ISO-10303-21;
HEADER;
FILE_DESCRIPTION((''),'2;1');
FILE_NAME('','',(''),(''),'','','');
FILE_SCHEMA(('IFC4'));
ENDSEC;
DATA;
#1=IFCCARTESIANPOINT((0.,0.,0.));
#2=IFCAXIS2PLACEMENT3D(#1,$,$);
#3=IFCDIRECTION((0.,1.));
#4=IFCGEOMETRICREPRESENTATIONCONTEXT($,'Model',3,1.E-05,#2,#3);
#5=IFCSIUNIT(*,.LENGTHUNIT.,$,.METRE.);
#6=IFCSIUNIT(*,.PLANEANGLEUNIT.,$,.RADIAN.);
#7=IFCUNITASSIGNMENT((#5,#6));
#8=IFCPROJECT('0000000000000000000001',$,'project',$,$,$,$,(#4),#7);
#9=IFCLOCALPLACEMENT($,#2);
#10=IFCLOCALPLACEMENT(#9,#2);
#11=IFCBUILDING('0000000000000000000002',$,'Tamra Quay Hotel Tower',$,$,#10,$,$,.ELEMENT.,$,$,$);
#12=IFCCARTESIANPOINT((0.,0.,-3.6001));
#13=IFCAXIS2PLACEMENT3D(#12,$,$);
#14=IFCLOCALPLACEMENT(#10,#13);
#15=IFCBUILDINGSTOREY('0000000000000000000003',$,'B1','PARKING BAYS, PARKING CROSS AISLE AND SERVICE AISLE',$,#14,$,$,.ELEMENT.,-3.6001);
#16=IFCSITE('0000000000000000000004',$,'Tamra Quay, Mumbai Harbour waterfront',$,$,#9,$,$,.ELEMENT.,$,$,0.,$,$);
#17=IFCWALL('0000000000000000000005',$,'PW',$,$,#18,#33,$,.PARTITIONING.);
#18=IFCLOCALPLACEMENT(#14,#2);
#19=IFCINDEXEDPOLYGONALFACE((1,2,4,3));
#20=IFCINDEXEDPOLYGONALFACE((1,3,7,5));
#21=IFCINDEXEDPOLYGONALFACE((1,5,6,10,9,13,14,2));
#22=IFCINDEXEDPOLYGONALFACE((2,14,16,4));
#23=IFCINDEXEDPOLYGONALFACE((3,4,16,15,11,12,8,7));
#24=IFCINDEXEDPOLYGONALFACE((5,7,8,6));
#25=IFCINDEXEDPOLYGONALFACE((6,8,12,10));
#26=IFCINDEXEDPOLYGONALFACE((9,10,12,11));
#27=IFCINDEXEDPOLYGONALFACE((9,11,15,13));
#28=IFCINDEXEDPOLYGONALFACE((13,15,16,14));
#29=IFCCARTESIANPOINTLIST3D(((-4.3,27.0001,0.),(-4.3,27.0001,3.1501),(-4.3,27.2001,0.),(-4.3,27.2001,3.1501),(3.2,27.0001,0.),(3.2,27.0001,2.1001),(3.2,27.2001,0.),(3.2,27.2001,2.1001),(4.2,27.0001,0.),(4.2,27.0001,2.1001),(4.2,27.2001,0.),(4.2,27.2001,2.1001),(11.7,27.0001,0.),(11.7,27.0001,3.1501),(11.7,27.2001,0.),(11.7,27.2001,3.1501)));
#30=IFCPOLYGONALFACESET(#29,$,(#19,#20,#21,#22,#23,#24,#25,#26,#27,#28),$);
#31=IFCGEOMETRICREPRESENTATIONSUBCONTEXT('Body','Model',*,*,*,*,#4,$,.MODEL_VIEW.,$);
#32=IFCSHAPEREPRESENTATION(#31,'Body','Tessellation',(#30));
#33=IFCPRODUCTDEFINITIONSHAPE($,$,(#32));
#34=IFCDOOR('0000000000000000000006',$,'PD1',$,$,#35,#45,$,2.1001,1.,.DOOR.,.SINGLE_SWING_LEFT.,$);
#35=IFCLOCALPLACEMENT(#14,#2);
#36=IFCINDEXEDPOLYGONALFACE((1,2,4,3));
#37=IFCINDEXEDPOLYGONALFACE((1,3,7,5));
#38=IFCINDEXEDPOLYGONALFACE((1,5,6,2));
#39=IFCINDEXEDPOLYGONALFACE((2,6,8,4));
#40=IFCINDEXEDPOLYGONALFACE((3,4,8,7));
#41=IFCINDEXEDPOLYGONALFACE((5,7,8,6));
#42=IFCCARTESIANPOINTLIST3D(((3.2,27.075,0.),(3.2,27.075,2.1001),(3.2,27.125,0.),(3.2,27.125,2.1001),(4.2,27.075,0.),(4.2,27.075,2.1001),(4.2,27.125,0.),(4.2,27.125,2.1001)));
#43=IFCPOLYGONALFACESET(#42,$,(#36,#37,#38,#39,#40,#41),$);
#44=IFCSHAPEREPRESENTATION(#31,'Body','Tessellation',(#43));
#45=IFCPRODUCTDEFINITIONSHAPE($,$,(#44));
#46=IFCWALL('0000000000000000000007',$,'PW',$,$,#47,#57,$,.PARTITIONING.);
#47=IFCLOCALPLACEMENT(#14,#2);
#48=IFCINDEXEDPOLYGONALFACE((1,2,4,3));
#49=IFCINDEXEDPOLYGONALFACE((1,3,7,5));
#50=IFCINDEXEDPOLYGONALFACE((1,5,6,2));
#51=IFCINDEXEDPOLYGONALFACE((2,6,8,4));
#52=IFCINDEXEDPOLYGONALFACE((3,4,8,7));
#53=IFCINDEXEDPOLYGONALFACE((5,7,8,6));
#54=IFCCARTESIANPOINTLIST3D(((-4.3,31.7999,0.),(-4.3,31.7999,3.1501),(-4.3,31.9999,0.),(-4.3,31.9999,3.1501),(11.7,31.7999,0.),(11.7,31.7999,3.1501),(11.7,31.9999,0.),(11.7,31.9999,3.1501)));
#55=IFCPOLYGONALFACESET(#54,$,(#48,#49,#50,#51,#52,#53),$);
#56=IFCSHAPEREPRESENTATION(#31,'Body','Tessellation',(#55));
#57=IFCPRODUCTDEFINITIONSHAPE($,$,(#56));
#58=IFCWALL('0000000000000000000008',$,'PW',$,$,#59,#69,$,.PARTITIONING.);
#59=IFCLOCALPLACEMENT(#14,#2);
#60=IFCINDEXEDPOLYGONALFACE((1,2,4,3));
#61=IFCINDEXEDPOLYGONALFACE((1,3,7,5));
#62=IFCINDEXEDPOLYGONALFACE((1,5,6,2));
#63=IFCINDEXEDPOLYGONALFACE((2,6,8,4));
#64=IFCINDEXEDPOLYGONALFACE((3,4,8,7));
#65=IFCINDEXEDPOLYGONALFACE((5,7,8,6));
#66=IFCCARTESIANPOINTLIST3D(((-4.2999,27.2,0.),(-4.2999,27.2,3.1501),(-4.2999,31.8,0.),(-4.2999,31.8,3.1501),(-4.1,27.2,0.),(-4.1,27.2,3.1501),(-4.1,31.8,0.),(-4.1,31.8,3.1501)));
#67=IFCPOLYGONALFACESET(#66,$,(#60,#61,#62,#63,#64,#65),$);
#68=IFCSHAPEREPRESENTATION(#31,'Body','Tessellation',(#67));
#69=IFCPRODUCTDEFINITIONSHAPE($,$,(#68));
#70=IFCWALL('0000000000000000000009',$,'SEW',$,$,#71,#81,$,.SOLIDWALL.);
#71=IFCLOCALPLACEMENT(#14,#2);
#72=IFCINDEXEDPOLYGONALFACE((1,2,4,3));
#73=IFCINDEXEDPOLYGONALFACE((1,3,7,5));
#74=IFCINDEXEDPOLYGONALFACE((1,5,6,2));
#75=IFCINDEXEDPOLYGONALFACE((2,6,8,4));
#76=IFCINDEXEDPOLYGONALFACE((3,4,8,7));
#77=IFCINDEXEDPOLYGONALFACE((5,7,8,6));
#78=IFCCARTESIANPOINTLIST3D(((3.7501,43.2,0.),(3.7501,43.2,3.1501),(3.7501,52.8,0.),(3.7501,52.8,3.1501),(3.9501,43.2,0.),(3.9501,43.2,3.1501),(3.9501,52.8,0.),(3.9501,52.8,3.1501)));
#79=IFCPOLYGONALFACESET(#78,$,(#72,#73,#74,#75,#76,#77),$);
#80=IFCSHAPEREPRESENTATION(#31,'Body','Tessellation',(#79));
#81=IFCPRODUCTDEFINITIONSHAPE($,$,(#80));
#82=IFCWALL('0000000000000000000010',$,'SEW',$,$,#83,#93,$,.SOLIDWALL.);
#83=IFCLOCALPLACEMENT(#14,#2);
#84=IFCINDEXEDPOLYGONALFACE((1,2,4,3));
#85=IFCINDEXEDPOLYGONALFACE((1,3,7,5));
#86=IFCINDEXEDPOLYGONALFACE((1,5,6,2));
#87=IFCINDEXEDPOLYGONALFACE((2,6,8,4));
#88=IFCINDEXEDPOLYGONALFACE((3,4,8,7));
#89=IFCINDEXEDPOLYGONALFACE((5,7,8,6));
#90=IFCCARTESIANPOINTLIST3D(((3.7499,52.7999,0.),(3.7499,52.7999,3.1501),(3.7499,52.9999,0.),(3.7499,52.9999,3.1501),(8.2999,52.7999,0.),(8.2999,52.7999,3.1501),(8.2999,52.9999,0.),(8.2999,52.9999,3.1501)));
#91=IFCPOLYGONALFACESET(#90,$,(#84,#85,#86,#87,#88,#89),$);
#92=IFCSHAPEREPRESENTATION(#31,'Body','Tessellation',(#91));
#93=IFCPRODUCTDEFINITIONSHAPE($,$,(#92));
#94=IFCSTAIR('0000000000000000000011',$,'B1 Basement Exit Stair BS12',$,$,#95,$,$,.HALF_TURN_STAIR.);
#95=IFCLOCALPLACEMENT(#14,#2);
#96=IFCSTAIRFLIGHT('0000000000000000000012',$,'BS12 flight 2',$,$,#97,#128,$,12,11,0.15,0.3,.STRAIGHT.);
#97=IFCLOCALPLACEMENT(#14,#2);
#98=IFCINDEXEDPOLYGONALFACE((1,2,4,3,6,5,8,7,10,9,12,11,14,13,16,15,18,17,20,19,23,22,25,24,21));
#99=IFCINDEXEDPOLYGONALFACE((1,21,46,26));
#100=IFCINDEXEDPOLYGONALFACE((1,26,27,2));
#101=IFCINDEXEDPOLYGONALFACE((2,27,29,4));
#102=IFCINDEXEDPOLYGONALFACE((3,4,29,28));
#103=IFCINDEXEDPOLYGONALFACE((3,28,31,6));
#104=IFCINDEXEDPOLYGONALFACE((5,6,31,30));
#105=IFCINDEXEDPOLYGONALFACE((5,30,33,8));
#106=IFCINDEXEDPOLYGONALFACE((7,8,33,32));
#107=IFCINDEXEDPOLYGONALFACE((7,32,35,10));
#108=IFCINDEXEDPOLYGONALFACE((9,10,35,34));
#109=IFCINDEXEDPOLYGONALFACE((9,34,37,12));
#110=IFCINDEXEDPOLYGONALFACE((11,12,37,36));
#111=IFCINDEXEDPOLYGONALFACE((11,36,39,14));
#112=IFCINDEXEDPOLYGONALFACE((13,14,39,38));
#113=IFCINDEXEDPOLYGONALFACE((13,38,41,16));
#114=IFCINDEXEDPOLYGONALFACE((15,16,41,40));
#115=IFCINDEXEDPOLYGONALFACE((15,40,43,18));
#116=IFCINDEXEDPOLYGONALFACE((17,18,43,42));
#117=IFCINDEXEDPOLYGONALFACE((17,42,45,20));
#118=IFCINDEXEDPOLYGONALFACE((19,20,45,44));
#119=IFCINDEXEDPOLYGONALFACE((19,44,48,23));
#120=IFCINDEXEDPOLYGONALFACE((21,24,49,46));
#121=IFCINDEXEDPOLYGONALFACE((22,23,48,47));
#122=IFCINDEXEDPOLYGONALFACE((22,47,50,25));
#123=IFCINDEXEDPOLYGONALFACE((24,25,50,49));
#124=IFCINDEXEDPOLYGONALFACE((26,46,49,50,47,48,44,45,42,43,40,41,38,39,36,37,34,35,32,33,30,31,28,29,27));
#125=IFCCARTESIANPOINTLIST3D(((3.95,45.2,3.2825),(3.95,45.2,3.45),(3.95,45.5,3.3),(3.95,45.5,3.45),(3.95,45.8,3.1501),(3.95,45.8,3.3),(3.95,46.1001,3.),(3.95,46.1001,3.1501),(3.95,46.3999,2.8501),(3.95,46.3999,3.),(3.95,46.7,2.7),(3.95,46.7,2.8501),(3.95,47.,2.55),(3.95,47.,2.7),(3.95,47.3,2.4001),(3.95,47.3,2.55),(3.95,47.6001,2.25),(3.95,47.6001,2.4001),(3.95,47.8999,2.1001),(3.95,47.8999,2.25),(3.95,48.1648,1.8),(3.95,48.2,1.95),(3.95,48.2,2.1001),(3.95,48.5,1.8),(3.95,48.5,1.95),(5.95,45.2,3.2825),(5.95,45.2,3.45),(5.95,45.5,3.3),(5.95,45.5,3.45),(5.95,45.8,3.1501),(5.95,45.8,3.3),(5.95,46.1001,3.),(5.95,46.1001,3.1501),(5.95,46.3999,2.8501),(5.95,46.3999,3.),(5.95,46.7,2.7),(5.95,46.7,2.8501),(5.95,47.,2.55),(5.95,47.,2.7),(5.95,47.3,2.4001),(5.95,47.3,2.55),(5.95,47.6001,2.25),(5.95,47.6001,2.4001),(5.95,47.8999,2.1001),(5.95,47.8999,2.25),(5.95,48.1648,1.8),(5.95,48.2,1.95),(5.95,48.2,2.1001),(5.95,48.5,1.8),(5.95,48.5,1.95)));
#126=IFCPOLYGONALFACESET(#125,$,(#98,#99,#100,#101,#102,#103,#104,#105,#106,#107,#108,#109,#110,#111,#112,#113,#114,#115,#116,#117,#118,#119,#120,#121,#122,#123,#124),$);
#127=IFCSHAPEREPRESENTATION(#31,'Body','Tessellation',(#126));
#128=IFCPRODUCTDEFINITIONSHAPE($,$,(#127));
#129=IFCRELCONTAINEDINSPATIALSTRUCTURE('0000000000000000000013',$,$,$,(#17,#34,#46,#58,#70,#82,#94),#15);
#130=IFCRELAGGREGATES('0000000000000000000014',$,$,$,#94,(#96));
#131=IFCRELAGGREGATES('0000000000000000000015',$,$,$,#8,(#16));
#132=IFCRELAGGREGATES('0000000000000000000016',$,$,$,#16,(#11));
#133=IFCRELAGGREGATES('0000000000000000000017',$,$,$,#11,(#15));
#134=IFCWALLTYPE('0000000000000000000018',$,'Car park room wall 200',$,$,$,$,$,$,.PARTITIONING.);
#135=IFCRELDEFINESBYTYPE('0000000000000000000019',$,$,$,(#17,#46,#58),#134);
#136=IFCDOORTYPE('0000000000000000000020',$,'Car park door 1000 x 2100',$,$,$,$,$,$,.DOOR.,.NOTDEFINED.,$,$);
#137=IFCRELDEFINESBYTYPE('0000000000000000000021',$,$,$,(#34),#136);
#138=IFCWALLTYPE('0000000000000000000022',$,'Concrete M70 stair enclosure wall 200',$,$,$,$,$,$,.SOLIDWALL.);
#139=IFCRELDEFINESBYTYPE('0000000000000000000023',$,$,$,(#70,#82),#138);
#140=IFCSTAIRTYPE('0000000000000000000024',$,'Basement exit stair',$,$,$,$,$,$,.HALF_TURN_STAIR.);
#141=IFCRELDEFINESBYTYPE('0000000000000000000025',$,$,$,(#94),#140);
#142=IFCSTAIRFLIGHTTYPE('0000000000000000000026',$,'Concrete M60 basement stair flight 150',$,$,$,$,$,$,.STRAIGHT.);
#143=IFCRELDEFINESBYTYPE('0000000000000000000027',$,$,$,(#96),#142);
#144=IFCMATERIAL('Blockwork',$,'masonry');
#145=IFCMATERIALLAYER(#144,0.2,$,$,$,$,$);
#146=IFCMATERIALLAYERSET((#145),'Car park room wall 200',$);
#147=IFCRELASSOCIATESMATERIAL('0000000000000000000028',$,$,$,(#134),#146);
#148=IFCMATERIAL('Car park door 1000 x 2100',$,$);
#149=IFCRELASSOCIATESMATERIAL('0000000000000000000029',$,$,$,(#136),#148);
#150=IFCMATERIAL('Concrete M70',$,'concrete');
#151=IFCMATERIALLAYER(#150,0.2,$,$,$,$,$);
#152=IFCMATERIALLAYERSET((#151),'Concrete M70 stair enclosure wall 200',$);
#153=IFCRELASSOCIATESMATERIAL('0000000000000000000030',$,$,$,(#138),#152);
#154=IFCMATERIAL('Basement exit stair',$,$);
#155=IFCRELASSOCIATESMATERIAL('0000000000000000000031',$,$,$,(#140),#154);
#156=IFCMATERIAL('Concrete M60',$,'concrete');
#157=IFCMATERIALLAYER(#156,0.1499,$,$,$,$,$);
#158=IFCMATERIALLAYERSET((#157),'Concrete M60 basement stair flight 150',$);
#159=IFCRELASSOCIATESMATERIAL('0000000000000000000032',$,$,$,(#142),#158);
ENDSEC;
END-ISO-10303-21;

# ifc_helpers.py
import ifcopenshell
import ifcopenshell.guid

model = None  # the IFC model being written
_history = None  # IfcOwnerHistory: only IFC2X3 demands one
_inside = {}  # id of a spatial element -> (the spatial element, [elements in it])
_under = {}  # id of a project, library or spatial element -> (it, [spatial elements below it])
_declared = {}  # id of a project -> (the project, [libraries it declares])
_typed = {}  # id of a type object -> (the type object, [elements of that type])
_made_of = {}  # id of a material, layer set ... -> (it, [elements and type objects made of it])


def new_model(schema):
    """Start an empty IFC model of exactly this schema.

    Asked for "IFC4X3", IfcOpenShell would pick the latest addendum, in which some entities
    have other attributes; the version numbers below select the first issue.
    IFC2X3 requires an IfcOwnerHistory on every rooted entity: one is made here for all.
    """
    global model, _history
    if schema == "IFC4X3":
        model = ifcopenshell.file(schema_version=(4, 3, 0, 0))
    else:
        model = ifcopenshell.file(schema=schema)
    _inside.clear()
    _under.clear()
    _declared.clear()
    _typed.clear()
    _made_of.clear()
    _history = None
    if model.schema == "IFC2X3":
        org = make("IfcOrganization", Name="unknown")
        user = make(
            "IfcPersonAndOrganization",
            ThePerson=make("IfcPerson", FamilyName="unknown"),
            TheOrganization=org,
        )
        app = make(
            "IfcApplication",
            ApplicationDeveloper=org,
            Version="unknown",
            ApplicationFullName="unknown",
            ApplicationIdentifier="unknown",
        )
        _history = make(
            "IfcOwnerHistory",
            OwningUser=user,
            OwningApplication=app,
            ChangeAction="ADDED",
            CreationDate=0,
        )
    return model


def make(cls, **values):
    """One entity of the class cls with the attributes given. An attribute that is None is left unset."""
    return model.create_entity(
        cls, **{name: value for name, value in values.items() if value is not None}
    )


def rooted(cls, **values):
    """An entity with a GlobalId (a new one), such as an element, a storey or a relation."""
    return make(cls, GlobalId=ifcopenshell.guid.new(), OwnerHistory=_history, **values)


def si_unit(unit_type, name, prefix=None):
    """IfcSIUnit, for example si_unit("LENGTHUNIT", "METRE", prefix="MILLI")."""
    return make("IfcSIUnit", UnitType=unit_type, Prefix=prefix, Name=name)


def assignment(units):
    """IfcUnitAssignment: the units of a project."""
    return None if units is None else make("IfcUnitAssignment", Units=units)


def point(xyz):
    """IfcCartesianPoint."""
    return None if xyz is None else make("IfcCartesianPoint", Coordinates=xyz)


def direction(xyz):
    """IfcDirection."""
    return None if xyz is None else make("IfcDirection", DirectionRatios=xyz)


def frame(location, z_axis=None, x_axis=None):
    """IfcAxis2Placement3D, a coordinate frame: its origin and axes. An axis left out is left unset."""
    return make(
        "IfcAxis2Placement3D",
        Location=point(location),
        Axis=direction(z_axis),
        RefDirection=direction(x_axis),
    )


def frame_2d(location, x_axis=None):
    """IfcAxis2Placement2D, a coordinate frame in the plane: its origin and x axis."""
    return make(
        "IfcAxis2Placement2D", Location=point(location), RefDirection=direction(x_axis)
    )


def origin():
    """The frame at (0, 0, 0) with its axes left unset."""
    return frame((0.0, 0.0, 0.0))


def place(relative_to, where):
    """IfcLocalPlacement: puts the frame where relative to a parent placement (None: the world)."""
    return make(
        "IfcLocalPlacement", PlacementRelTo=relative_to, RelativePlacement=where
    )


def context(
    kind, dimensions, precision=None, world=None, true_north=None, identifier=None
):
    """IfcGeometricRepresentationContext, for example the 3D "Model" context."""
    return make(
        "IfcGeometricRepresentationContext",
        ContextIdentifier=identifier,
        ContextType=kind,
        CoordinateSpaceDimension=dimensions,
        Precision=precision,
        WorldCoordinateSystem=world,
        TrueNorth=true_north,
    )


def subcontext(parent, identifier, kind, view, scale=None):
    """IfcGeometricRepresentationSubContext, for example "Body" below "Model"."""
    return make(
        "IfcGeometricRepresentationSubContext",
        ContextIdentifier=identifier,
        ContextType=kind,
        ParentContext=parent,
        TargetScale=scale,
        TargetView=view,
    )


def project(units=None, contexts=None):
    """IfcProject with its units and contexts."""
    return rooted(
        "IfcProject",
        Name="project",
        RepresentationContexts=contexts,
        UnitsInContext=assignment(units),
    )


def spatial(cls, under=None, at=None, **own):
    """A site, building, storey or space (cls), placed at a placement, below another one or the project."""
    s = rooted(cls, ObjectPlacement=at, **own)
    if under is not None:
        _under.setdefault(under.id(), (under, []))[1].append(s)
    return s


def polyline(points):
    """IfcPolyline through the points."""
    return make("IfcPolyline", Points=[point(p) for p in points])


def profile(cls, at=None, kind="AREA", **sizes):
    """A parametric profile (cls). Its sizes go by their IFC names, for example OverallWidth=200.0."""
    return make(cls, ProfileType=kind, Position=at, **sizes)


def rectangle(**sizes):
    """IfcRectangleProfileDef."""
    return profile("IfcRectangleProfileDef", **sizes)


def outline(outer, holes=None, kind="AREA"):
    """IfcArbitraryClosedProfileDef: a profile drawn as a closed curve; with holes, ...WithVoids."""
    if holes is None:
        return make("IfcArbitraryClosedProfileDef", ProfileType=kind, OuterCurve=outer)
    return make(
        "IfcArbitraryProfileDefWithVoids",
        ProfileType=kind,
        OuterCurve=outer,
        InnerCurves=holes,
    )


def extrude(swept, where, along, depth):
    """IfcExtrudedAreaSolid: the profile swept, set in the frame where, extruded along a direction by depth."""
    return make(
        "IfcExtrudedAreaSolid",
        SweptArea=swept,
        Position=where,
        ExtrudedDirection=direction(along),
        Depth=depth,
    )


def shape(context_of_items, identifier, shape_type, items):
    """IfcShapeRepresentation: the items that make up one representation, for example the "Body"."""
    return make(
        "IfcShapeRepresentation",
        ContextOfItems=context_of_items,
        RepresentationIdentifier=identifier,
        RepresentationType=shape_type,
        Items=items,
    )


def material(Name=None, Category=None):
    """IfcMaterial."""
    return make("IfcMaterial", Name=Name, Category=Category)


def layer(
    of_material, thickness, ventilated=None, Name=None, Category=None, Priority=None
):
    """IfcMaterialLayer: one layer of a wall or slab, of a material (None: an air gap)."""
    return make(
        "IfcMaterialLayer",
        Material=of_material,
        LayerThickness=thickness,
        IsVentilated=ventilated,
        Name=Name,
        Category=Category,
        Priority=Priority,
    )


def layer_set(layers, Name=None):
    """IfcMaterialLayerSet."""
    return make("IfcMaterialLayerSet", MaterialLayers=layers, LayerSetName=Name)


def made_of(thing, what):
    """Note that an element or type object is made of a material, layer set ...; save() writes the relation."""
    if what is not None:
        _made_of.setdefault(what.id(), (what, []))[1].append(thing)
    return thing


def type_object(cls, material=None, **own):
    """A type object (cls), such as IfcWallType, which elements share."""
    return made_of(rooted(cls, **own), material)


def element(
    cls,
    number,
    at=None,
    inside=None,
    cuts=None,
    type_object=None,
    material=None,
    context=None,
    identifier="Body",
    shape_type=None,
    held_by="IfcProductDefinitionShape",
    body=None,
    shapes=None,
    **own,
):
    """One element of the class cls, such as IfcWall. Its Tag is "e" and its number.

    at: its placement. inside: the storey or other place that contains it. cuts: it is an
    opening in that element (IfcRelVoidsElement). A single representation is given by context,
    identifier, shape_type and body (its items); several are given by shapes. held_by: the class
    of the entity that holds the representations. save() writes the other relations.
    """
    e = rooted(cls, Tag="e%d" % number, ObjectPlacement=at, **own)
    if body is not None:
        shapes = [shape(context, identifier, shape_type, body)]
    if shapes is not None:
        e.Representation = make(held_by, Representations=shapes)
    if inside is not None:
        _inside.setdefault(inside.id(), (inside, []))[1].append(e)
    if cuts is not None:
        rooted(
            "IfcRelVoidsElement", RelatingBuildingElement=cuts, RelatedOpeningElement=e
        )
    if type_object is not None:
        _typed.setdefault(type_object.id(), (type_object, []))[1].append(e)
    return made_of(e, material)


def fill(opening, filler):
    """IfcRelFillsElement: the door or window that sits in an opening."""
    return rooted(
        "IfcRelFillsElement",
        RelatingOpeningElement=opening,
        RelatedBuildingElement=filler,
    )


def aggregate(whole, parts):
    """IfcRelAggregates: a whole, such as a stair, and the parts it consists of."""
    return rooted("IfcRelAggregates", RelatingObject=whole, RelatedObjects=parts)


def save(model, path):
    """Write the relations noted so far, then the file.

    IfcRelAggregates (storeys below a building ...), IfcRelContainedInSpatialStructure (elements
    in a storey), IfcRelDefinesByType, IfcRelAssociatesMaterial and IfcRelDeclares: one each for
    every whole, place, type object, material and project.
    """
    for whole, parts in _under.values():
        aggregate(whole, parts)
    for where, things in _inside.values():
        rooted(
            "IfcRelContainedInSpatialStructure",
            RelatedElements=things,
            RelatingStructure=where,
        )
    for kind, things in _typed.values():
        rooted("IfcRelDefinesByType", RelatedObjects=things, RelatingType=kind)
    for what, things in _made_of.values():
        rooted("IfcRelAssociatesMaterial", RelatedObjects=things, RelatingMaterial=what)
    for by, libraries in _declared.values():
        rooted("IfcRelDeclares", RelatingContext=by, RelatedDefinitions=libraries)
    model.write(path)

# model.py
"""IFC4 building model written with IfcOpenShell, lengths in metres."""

from ifc_helpers import new_model, si_unit, direction, frame, frame_2d, origin, place, context, subcontext, project, spatial, polyline, rectangle, outline, extrude, material, layer, layer_set, type_object, element, fill, aggregate, save


model = new_model("IFC4")

# Units and contexts
model_context = context("Model", 3, precision=1e-05, world=origin(), true_north=direction((0.0, 1.0)))
body_context = subcontext(model_context, "Body", "Model", "MODEL_VIEW")
ifc_project = project(units=[si_unit("LENGTHUNIT", "METRE"), si_unit("PLANEANGLEUNIT", "RADIAN")], contexts=[model_context])

# Site, building, storey
site_placement = place(None, origin())
site = spatial("IfcSite", under=ifc_project, at=site_placement, Name="Tamra Quay, Mumbai Harbour waterfront", CompositionType="ELEMENT", RefElevation=0.0)
building_placement = place(site_placement, origin())
building = spatial("IfcBuilding", under=site, at=building_placement, Name="Tamra Quay Hotel Tower", CompositionType="ELEMENT")
storey_placement = place(building_placement, frame((0.0, 0.0, -3.6001)))
storey = spatial("IfcBuildingStorey", under=building, at=storey_placement, Name="B1", Description="PARKING BAYS, PARKING CROSS AISLE AND SERVICE AISLE", CompositionType="ELEMENT", Elevation=-3.6001)

# Shared definitions
ifc_material_1 = material(Name="Concrete M70", Category="concrete")

# Shared definitions
ifc_material_2 = material(Name="Blockwork", Category="masonry")
ifc_layer_1 = layer(ifc_material_2, 0.2)
ifc_layer_set_1 = layer_set([ifc_layer_1], Name="Car park room wall 200")
wall_type_1 = type_object("IfcWallType", Name="Car park room wall 200", PredefinedType="PARTITIONING", material=ifc_layer_set_1)

# Shared definitions
ifc_material_3 = material(Name="Car park door 1000 x 2100")
door_type = type_object("IfcDoorType", Name="Car park door 1000 x 2100", OperationType="NOTDEFINED", PredefinedType="DOOR", material=ifc_material_3)

# Wall, opening, door
wall_1_placement = place(storey_placement, frame((-4.3, 27.1001, 0.0), z_axis=(0.0, 0.0, 1.0), x_axis=(1.0, 0.0, 0.0)))
wall_1 = element("IfcWall", 1, at=wall_1_placement, inside=storey, type_object=wall_type_1, Name="PW", PredefinedType="PARTITIONING", context=body_context, shape_type="SweptSolid", body=[
    extrude(rectangle(XDim=16.0, YDim=0.2, at=frame_2d((8.0, 0.0))), origin(), (0.0, 0.0, 1.0), 3.1501),
])
opening_1_placement = place(wall_1_placement, frame((7.5, 0.0, 0.0)))
opening_1 = element("IfcOpeningElement", 2, at=opening_1_placement, cuts=wall_1, PredefinedType="OPENING", context=body_context, shape_type="SweptSolid", body=[
    extrude(rectangle(XDim=1.0, YDim=2.1001, at=frame_2d((0.5, 1.05))), frame((0.0, 0.1099, 0.0), z_axis=(0.0, -1.0, 0.0), x_axis=(1.0, 0.0, 0.0)), (0.0, 0.0, 1.0), 0.22),
])
door_1_placement = place(opening_1_placement, origin())
door_1 = element("IfcDoor", 3, at=door_1_placement, inside=storey, type_object=door_type, Name="PD1", OperationType="SINGLE_SWING_LEFT", OverallHeight=2.1001, OverallWidth=1.0, PredefinedType="DOOR", context=body_context, shape_type="SweptSolid", body=[
    extrude(rectangle(XDim=1.0, YDim=2.1001, at=frame_2d((0.5, 1.05))), frame((0.0, 0.0249, 0.0), z_axis=(0.0, -1.0, 0.0), x_axis=(1.0, 0.0, 0.0)), (0.0, 0.0, 1.0), 0.05),
])
fill(opening_1, door_1)

# Walls
wall_2_placement = place(storey_placement, frame((-4.3, 31.8999, 0.0), z_axis=(0.0, 0.0, 1.0), x_axis=(1.0, 0.0, 0.0)))
element("IfcWall", 4, at=wall_2_placement, inside=storey, type_object=wall_type_1, Name="PW", PredefinedType="PARTITIONING", context=body_context, shape_type="SweptSolid", body=[
    extrude(rectangle(XDim=16.0, YDim=0.2, at=frame_2d((8.0, 0.0))), origin(), (0.0, 0.0, 1.0), 3.1501),
])
wall_3_placement = place(storey_placement, frame((-4.2, 27.2, 0.0), z_axis=(0.0, 0.0, 1.0), x_axis=(0.0, 1.0, 0.0)))
element("IfcWall", 5, at=wall_3_placement, inside=storey, type_object=wall_type_1, Name="PW", PredefinedType="PARTITIONING", context=body_context, shape_type="SweptSolid", body=[
    extrude(rectangle(XDim=4.6001, YDim=0.2, at=frame_2d((2.3, 0.0))), origin(), (0.0, 0.0, 1.0), 3.1501),
])
ifc_layer_2 = layer(ifc_material_1, 0.2)
ifc_layer_set_2 = layer_set([ifc_layer_2], Name="Concrete M70 stair enclosure wall 200")
wall_type_2 = type_object("IfcWallType", Name="Concrete M70 stair enclosure wall 200", PredefinedType="SOLIDWALL", material=ifc_layer_set_2)
wall_4_placement = place(storey_placement, frame((3.8501, 43.2, 0.0), z_axis=(0.0, 0.0, 1.0), x_axis=(0.0, 1.0, 0.0)))
element("IfcWall", 6, at=wall_4_placement, inside=storey, type_object=wall_type_2, Name="SEW", PredefinedType="SOLIDWALL", context=body_context, shape_type="SweptSolid", body=[
    extrude(rectangle(XDim=9.6001, YDim=0.2, at=frame_2d((4.8, 0.0))), origin(), (0.0, 0.0, 1.0), 3.1501),
])
wall_5_placement = place(storey_placement, frame((3.75, 52.8999, 0.0), z_axis=(0.0, 0.0, 1.0), x_axis=(1.0, 0.0, 0.0)))
element("IfcWall", 7, at=wall_5_placement, inside=storey, type_object=wall_type_2, Name="SEW", PredefinedType="SOLIDWALL", context=body_context, shape_type="SweptSolid", body=[
    extrude(rectangle(XDim=4.55, YDim=0.2, at=frame_2d((2.2749, 0.0))), origin(), (0.0, 0.0, 1.0), 3.1501),
])

# Stair, stair flight
ifc_material_4 = material(Name="Basement exit stair")
stair_type = type_object("IfcStairType", Name="Basement exit stair", PredefinedType="HALF_TURN_STAIR", material=ifc_material_4)
stair_placement = place(storey_placement, origin())
stair = element("IfcStair", 8, at=stair_placement, inside=storey, type_object=stair_type, Name="B1 Basement Exit Stair BS12", PredefinedType="HALF_TURN_STAIR")
ifc_material_5 = material(Name="Concrete M60", Category="concrete")
ifc_layer_3 = layer(ifc_material_5, 0.1499)
ifc_layer_set_3 = layer_set([ifc_layer_3], Name="Concrete M60 basement stair flight 150")
stair_flight_type = type_object("IfcStairFlightType", Name="Concrete M60 basement stair flight 150", PredefinedType="STRAIGHT", material=ifc_layer_set_3)
stair_flight_placement = place(storey_placement, frame((4.95, 48.5, 1.8), z_axis=(0.0, 0.0, 1.0), x_axis=(0.0, -1.0, 0.0)))
stair_flight = element("IfcStairFlight", 9, at=stair_flight_placement, type_object=stair_flight_type, Name="BS12 flight 2", NumberOfRisers=12, NumberOfTreads=11, PredefinedType="STRAIGHT", RiserHeight=0.15, TreadLength=0.3, context=body_context, shape_type="SweptSolid", body=[
    extrude(outline(polyline([(0.0, 0.0), (0.0, 0.1499), (0.3, 0.1499), (0.3, 0.3), (0.6001, 0.3), (0.6001, 0.45), (0.8999, 0.45), (0.8999, 0.6001), (1.2, 0.6001), (1.2, 0.75), (1.5, 0.75), (1.5, 0.8999), (1.8, 0.8999), (1.8, 1.05), (2.1001, 1.05), (2.1001, 1.2), (2.3999, 1.2), (2.3999, 1.3501), (2.7, 1.3501), (2.7, 1.5), (3.0, 1.5), (3.0, 1.6499), (3.3, 1.6499), (3.3, 1.8), (3.3, 1.4824), (0.3352, 0.0), (0.0, 0.0)])), frame((0.0, 1.0, 0.0), z_axis=(0.0, -1.0, 0.0), x_axis=(1.0, 0.0, 0.0)), (0.0, 0.0, 1.0), 2.0),
])
aggregate(stair, [stair_flight])

save(model, "model.ifc")
